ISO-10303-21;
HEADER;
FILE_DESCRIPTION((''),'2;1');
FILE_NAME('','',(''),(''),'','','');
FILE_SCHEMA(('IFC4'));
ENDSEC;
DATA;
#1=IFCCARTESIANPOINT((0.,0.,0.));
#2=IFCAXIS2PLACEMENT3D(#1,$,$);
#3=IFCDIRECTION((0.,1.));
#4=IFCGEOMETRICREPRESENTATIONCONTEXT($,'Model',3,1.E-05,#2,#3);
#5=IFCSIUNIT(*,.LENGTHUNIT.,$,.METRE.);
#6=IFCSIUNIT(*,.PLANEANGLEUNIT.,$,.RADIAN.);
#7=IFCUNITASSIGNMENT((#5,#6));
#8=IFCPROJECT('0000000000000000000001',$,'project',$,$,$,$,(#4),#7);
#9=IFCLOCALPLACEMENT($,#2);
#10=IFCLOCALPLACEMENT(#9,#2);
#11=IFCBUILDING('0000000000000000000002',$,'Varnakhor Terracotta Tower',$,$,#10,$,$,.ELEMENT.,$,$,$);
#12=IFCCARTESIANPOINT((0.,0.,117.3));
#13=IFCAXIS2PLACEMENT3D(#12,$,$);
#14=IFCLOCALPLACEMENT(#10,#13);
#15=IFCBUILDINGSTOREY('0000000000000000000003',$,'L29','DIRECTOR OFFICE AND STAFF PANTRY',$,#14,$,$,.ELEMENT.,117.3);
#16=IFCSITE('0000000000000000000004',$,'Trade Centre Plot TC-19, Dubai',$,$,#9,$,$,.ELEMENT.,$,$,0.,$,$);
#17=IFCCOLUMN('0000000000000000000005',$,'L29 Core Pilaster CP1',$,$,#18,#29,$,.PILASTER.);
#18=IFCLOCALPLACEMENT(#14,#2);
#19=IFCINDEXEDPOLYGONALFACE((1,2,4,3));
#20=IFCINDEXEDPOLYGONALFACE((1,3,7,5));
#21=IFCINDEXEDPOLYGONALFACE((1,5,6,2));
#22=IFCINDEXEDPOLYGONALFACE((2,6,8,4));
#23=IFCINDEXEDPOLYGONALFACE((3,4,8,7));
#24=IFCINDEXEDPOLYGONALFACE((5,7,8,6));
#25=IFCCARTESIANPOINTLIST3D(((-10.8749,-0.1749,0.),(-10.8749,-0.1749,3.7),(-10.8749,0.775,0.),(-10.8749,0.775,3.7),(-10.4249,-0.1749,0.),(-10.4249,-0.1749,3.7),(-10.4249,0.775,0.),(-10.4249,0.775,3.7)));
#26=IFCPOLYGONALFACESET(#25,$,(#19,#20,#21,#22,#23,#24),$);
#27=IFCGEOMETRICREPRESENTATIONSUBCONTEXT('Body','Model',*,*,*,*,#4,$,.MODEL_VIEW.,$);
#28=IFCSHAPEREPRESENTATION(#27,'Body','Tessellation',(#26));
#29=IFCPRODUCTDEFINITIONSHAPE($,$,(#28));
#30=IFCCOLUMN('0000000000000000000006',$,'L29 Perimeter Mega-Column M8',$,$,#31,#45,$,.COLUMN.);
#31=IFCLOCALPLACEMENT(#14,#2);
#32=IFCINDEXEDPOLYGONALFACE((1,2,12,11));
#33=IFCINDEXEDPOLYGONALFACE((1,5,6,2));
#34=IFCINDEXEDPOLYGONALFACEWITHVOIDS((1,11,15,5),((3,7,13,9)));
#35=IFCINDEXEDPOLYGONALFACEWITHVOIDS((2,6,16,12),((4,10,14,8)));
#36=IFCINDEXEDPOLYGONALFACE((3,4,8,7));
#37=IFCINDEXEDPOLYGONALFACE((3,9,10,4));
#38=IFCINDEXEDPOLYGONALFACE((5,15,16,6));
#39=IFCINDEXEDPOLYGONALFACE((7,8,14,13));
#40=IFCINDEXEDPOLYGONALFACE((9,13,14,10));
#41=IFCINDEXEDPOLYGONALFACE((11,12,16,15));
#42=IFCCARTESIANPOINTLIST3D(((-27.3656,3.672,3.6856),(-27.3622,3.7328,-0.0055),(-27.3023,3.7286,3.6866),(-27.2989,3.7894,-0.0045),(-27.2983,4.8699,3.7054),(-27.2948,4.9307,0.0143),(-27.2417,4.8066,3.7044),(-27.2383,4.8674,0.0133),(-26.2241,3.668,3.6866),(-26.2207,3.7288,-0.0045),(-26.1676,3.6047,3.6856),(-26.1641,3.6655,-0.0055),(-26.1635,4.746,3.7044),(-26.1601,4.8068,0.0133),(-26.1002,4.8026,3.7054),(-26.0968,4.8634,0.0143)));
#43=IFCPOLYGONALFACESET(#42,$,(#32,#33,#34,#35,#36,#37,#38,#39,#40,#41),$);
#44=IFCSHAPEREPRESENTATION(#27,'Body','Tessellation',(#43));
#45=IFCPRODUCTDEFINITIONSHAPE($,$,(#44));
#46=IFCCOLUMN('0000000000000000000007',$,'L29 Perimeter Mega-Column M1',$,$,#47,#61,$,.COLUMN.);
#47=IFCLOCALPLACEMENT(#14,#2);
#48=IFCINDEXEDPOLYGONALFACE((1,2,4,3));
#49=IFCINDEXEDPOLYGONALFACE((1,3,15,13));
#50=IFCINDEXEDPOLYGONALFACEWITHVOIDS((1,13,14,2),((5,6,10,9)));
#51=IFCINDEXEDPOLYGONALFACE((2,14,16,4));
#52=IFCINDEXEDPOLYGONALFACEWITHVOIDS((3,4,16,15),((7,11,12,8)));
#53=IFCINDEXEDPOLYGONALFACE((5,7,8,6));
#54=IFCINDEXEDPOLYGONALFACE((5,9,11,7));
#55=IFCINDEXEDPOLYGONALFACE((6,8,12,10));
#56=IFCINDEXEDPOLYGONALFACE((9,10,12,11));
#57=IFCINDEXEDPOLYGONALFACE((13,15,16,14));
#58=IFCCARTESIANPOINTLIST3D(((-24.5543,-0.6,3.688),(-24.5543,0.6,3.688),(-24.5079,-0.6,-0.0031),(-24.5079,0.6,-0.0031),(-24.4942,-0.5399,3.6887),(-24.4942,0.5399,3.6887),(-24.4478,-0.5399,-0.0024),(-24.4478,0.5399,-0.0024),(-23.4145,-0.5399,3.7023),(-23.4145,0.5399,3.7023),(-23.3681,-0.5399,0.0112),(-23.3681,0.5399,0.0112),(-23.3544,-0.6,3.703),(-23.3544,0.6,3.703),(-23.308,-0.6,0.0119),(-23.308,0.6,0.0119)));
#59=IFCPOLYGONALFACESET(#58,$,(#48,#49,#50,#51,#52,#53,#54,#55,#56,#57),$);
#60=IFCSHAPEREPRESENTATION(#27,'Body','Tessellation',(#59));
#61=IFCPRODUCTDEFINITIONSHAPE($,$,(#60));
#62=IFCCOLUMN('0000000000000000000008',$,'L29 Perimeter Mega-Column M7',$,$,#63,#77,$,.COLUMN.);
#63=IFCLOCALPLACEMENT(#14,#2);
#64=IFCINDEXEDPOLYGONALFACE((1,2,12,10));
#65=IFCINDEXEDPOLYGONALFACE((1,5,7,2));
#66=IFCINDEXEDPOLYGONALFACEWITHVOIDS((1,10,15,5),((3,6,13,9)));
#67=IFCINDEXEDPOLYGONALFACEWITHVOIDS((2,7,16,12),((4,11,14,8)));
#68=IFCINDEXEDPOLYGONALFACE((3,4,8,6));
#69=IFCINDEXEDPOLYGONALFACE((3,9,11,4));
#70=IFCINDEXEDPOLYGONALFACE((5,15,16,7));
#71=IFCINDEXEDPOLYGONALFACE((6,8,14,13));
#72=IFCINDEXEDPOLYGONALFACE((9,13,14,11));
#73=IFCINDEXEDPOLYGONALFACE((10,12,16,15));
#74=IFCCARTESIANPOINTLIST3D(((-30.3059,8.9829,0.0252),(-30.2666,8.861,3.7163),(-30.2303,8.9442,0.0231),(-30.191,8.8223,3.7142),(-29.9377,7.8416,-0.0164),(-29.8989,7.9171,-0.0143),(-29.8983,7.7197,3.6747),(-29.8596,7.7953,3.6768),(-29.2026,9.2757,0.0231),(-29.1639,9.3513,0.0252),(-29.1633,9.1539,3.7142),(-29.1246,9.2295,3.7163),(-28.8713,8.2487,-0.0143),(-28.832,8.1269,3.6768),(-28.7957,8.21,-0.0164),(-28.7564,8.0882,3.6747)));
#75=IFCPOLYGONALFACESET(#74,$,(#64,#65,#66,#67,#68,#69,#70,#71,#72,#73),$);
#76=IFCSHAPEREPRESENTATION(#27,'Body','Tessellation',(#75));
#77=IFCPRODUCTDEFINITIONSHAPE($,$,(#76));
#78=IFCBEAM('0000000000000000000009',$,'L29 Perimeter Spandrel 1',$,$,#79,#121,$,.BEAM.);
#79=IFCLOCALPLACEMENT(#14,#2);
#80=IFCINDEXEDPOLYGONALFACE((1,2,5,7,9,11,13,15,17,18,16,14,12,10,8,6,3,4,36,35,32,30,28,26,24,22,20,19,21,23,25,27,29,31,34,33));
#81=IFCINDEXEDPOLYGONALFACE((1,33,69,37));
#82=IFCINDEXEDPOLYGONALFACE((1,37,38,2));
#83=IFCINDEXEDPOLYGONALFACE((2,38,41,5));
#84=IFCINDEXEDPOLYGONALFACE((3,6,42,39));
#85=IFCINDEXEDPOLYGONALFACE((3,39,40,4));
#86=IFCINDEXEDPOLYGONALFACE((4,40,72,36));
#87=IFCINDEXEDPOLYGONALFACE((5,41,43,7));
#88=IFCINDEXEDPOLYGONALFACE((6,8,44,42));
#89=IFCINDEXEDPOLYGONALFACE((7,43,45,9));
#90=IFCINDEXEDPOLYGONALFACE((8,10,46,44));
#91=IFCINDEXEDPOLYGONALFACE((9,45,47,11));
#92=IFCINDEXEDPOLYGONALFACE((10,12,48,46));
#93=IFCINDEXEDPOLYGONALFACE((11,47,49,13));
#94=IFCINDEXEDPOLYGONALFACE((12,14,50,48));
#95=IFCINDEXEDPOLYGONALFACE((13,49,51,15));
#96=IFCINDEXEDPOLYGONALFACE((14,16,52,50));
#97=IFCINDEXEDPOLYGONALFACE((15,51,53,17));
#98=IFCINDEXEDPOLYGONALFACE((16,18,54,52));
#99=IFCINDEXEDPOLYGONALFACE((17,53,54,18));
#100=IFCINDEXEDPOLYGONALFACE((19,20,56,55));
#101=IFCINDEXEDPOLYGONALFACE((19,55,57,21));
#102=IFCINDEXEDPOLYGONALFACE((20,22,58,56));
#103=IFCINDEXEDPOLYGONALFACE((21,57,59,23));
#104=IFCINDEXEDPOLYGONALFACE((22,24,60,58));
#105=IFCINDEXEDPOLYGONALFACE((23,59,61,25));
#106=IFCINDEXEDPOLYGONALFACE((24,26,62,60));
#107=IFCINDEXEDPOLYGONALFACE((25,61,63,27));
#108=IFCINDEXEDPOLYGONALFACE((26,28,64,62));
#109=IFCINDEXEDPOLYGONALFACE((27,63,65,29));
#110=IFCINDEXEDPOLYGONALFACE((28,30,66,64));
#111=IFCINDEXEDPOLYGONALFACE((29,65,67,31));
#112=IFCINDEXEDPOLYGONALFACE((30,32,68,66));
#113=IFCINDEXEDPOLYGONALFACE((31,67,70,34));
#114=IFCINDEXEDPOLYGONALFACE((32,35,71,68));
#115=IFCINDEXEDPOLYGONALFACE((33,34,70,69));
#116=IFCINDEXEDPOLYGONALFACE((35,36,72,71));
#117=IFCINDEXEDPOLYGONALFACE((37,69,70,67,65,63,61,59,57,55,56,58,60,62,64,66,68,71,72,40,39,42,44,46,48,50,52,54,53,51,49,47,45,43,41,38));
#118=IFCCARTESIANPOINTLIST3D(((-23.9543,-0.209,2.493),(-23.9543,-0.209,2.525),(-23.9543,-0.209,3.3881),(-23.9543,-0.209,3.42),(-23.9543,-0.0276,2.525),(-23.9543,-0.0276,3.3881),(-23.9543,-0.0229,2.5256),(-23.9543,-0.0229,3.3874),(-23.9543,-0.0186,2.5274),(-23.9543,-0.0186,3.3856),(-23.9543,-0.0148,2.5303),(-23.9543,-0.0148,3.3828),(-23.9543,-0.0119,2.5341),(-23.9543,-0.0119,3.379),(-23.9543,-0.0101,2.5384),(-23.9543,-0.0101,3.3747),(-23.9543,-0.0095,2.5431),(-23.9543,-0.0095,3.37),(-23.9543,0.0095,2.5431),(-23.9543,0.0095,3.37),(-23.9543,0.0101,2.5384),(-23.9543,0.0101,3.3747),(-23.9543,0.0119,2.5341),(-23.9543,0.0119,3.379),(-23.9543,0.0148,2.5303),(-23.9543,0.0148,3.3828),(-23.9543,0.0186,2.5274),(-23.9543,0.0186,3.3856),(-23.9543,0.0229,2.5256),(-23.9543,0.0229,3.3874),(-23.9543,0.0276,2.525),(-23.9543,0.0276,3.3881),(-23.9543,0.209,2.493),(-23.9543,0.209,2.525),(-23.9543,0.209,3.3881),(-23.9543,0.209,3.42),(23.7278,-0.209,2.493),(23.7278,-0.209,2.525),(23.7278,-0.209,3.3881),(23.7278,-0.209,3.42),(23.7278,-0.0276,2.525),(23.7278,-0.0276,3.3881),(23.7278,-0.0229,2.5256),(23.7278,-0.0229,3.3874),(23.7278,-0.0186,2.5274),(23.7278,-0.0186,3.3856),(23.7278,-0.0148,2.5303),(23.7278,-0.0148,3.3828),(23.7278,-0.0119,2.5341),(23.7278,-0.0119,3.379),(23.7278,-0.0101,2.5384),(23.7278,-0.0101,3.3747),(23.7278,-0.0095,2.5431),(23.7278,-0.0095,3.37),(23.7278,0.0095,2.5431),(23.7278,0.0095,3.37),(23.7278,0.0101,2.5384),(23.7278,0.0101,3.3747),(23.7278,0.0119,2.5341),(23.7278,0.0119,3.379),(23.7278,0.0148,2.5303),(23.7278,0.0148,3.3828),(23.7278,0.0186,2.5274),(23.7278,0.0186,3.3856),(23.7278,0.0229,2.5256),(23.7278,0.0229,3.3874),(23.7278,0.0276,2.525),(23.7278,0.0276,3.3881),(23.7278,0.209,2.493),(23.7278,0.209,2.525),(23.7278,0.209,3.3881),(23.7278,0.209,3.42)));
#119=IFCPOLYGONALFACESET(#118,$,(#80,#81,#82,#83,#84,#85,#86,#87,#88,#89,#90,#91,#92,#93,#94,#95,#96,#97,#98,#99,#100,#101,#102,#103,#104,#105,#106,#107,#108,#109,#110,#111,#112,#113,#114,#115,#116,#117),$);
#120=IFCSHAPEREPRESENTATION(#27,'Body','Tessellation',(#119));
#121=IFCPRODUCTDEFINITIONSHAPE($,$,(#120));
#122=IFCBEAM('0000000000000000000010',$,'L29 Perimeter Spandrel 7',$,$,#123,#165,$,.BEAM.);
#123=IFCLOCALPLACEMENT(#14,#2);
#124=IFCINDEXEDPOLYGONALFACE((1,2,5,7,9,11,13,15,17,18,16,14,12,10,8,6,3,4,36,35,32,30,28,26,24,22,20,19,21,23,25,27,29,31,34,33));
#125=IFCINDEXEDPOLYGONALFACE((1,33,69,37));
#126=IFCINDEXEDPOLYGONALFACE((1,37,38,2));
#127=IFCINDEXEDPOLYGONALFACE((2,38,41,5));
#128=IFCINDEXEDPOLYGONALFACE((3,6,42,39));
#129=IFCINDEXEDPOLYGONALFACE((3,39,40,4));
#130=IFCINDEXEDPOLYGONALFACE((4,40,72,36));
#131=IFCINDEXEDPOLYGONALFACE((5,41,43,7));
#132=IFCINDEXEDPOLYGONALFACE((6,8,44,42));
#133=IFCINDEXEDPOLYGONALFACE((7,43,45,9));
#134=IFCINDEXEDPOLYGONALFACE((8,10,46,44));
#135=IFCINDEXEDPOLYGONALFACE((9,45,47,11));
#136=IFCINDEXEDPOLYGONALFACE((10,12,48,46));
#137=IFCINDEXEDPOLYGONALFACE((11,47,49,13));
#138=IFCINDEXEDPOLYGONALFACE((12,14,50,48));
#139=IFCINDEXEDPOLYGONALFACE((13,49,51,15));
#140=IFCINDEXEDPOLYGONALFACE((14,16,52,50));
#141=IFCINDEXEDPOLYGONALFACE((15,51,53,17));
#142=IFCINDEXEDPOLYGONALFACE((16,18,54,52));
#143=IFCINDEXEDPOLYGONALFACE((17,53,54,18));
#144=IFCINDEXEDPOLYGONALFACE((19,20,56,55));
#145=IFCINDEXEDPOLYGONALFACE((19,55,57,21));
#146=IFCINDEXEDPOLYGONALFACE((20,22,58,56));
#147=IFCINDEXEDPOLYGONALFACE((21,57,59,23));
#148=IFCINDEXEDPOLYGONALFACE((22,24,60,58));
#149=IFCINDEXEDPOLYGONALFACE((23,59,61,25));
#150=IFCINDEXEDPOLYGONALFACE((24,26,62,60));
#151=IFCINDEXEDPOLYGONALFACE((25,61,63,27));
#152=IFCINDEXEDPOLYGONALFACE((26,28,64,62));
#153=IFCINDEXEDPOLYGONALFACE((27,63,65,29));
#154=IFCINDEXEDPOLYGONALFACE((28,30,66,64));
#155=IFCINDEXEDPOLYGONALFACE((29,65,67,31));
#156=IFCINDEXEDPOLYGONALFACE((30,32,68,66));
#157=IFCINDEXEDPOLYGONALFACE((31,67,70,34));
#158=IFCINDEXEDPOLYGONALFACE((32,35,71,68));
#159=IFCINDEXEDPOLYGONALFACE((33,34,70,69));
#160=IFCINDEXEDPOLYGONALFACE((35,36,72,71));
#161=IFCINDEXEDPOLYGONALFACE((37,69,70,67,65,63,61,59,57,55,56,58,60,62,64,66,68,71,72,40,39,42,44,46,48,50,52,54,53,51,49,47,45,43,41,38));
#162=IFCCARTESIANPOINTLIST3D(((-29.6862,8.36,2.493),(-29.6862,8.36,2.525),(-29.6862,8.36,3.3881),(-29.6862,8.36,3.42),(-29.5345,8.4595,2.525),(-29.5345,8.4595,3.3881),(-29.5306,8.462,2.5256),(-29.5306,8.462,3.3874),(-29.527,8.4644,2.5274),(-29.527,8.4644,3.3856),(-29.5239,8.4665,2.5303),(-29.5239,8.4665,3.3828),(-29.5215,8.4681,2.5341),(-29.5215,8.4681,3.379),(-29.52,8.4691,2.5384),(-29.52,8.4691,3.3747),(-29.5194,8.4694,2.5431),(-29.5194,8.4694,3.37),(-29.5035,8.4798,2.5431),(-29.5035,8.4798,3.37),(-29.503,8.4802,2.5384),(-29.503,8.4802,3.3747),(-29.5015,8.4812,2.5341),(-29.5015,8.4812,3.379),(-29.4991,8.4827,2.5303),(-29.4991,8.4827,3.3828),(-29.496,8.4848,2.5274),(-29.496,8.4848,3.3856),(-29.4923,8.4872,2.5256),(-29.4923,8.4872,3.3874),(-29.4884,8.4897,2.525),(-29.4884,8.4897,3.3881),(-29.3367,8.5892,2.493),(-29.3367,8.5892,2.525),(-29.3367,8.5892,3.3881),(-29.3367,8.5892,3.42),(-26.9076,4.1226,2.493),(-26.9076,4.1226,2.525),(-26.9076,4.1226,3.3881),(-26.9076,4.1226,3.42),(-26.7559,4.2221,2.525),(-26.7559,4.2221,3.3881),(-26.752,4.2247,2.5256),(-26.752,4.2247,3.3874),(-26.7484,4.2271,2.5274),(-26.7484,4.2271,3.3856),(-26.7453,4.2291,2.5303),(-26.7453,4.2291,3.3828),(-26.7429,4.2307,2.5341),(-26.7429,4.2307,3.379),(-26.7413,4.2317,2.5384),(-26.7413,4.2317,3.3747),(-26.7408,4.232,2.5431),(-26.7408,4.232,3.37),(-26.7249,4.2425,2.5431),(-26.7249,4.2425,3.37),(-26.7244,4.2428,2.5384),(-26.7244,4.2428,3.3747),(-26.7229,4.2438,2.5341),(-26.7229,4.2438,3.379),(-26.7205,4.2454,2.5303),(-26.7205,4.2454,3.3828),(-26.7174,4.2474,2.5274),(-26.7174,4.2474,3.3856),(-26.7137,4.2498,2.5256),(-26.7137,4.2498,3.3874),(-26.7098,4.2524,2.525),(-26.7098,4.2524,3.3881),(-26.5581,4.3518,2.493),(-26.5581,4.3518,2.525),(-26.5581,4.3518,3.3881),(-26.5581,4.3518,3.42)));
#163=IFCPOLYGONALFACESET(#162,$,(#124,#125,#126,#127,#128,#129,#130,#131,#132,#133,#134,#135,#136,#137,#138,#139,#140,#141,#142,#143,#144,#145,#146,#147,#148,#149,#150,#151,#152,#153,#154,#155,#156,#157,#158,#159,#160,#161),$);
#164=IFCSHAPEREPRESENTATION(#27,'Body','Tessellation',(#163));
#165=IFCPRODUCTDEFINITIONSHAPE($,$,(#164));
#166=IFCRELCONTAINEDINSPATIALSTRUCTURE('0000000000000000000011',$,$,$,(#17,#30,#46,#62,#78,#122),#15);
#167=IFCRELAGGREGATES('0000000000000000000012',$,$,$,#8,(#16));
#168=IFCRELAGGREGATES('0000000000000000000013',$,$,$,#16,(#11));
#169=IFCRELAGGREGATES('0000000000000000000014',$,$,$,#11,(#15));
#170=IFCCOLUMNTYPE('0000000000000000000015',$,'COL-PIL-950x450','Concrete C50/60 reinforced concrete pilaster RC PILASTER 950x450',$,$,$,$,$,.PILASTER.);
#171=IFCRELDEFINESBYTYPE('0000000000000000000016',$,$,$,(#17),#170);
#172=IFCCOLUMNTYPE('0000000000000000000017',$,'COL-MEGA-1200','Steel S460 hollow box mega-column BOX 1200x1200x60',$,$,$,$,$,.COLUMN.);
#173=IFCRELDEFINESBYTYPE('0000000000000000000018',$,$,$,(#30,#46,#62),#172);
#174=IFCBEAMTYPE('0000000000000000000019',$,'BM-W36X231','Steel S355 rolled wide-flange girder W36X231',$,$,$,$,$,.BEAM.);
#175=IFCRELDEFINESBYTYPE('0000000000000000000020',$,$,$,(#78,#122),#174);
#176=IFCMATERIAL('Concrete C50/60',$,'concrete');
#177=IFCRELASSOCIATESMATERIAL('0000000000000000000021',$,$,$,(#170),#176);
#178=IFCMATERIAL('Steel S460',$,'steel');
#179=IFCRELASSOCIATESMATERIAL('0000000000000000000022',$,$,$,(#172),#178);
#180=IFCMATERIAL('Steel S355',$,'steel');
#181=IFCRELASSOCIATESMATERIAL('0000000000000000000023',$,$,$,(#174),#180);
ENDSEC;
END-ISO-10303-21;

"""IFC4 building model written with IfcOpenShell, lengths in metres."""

from ifc_helpers import new_model, si_unit, direction, frame, origin, origin_2d, place, context, subcontext, project, spatial, rectangle, hollow_rectangle, i_section, extrude, source, transform, mapped, material, material_profile, profile_set, type_object, type_shapes, element, save


model = new_model("IFC4")

# Units and contexts
model_context = context("Model", 3, precision=1e-05, world=origin(), true_north=direction((0.0, 1.0)))
body_context = subcontext(model_context, "Body", "Model", "MODEL_VIEW")
ifc_project = project(units=[si_unit("LENGTHUNIT", "METRE"), si_unit("PLANEANGLEUNIT", "RADIAN")], contexts=[model_context])

# Site, building, storey
site_placement = place(None, origin())
site = spatial("IfcSite", under=ifc_project, at=site_placement, Name="Trade Centre Plot TC-19, Dubai", CompositionType="ELEMENT", RefElevation=0.0)
building_placement = place(site_placement, origin())
building = spatial("IfcBuilding", under=site, at=building_placement, Name="Varnakhor Terracotta Tower", CompositionType="ELEMENT")
storey_placement = place(building_placement, frame((0.0, 0.0, 117.3)))
storey = spatial("IfcBuildingStorey", under=building, at=storey_placement, Name="L29", Description="DIRECTOR OFFICE AND STAFF PANTRY", CompositionType="ELEMENT", Elevation=117.3)

# Columns
ifc_material_1 = material(Name="Concrete C50/60", Category="concrete")
ifc_material_profile_1 = material_profile(ifc_material_1, rectangle(XDim=0.45, YDim=0.95, at=origin_2d()), Name="RC PILASTER 950x450")
ifc_profile_set_1 = profile_set([ifc_material_profile_1], Name="Concrete C50/60")
column_type_1 = type_object("IfcColumnType", Name="COL-PIL-950x450", Description="Concrete C50/60 reinforced concrete pilaster RC PILASTER 950x450", PredefinedType="PILASTER", material=ifc_profile_set_1)
shared_shape_1 = source(origin(), body_context, "Body", "SweptSolid", [
    extrude(rectangle(XDim=0.45, YDim=0.95, at=origin_2d()), origin(), (0.0, 0.0, 1.0), 3.7),
])
column_1_placement = place(storey_placement, frame((-10.6499, 0.3, 0.0), z_axis=(0.0, 0.0, 1.0), x_axis=(1.0, 0.0, 0.0)))
element("IfcColumn", 1, at=column_1_placement, inside=storey, type_object=column_type_1, Name="L29 Core Pilaster CP1", PredefinedType="PILASTER", context=body_context, shape_type="MappedRepresentation", body=[
    mapped(shared_shape_1, transform((0.0, 0.0, 0.0), scale=1.0)),
])
ifc_material_2 = material(Name="Steel S460", Category="steel")
ifc_material_profile_2 = material_profile(ifc_material_2, hollow_rectangle(XDim=1.2, YDim=1.2, WallThickness=0.0601, at=origin_2d()), Name="BOX 1200x1200x60")
ifc_profile_set_2 = profile_set([ifc_material_profile_2], Name="Steel S460")
column_type_2 = type_object("IfcColumnType", Name="COL-MEGA-1200", Description="Steel S460 hollow box mega-column BOX 1200x1200x60", PredefinedType="COLUMN", material=ifc_profile_set_2)
shared_shape_2 = source(origin(), body_context, "Body", "SweptSolid", [
    extrude(hollow_rectangle(XDim=1.2, YDim=1.2, WallThickness=0.0601, at=origin_2d()), origin(), (0.0, 0.0, 1.0), 3.6917),
])
type_shapes(column_type_2, [shared_shape_2])
column_2_placement = place(storey_placement, frame((-26.7295, 4.2981, 0.0044), z_axis=(-0.000926, -0.016467, 0.999864), x_axis=(0.998423, -0.056136, 0.0)))
element("IfcColumn", 2, at=column_2_placement, inside=storey, type_object=column_type_2, Name="L29 Perimeter Mega-Column M8", PredefinedType="COLUMN", context=body_context, shape_type="MappedRepresentation", body=[
    mapped(shared_shape_2, transform((0.0, 0.0, 0.0), scale=1.0)),
])
shared_shape_3 = source(origin(), body_context, "Body", "SweptSolid", [
    extrude(hollow_rectangle(XDim=1.2, YDim=1.2, WallThickness=0.0601, at=origin_2d()), origin(), (0.0, 0.0, 1.0), 3.6914),
])
column_3_placement = place(storey_placement, frame((-23.908, 0.0, 0.0044), z_axis=(-0.012566, 0.0, 0.999921), x_axis=(0.0, -1.0, 0.0)))
element("IfcColumn", 3, at=column_3_placement, inside=storey, type_object=column_type_2, Name="L29 Perimeter Mega-Column M1", PredefinedType="COLUMN", context=body_context, shape_type="MappedRepresentation", body=[
    mapped(shared_shape_3, transform((0.0, 0.0, 0.0), scale=1.0)),
])
shared_shape_4 = source(origin(), body_context, "Body", "SweptSolid", [
    extrude(hollow_rectangle(XDim=1.2, YDim=1.2, WallThickness=0.0601, at=origin_2d()), origin(), (0.0, 0.0, 1.0), 3.6934),
])
column_4_placement = place(storey_placement, frame((-29.5508, 8.5964, 0.0044), z_axis=(0.010642, -0.032985, 0.999399), x_axis=(0.951691, 0.307059, 0.0)))
element("IfcColumn", 4, at=column_4_placement, inside=storey, type_object=column_type_2, Name="L29 Perimeter Mega-Column M7", PredefinedType="COLUMN", context=body_context, shape_type="MappedRepresentation", body=[
    mapped(shared_shape_4, transform((0.0, 0.0, 0.0), scale=1.0)),
])

# Beams
ifc_material_3 = material(Name="Steel S355", Category="steel")
ifc_material_profile_3 = material_profile(ifc_material_3, i_section(OverallWidth=0.418, OverallDepth=0.927, WebThickness=0.019, FlangeThickness=0.032, FilletRadius=0.0181, at=origin_2d()), Name="W36X231")
ifc_profile_set_3 = profile_set([ifc_material_profile_3], Name="Steel S355")
beam_type_1 = type_object("IfcBeamType", Name="BM-W36X231", Description="Steel S355 rolled wide-flange girder W36X231", PredefinedType="BEAM", material=ifc_profile_set_3)
shared_shape_5 = source(origin(), body_context, "Body", "SweptSolid", [
    extrude(i_section(OverallWidth=0.418, OverallDepth=0.927, WebThickness=0.019, FlangeThickness=0.032, FilletRadius=0.0181, at=origin_2d()), origin(), (0.0, 0.0, 1.0), 47.6821),
])
beam_1_placement = place(storey_placement, frame((-23.9543, 0.0, 2.9565), z_axis=(1.0, 0.0, 0.0), x_axis=(0.0, 1.0, 0.0)))
element("IfcBeam", 5, at=beam_1_placement, inside=storey, type_object=beam_type_1, Name="L29 Perimeter Spandrel 1", PredefinedType="BEAM", context=body_context, shape_type="MappedRepresentation", body=[
    mapped(shared_shape_5, transform((0.0, 0.0, 0.0), scale=1.0)),
])
shared_shape_6 = source(origin(), body_context, "Body", "SweptSolid", [
    extrude(i_section(OverallWidth=0.418, OverallDepth=0.927, WebThickness=0.019, FlangeThickness=0.032, FilletRadius=0.0181, at=origin_2d()), origin(), (0.0, 0.0, 1.0), 5.0671),
])
for number, where, z_axis, x_axis, name in (
    (6, (-29.5115, 8.4746, 2.9565), (0.548358, -0.836244, 0.0), (0.836244, 0.548358, 0.0), "L29 Perimeter Spandrel 7"),
):
    element("IfcBeam", number, at=place(storey_placement, frame(where, z_axis=z_axis, x_axis=x_axis)), inside=storey, type_object=beam_type_1, Name=name, PredefinedType="BEAM", context=body_context, shape_type="MappedRepresentation", body=[
        mapped(shared_shape_6, transform((0.0, 0.0, 0.0), scale=1.0)),
    ])

save(model, "model.ifc")
